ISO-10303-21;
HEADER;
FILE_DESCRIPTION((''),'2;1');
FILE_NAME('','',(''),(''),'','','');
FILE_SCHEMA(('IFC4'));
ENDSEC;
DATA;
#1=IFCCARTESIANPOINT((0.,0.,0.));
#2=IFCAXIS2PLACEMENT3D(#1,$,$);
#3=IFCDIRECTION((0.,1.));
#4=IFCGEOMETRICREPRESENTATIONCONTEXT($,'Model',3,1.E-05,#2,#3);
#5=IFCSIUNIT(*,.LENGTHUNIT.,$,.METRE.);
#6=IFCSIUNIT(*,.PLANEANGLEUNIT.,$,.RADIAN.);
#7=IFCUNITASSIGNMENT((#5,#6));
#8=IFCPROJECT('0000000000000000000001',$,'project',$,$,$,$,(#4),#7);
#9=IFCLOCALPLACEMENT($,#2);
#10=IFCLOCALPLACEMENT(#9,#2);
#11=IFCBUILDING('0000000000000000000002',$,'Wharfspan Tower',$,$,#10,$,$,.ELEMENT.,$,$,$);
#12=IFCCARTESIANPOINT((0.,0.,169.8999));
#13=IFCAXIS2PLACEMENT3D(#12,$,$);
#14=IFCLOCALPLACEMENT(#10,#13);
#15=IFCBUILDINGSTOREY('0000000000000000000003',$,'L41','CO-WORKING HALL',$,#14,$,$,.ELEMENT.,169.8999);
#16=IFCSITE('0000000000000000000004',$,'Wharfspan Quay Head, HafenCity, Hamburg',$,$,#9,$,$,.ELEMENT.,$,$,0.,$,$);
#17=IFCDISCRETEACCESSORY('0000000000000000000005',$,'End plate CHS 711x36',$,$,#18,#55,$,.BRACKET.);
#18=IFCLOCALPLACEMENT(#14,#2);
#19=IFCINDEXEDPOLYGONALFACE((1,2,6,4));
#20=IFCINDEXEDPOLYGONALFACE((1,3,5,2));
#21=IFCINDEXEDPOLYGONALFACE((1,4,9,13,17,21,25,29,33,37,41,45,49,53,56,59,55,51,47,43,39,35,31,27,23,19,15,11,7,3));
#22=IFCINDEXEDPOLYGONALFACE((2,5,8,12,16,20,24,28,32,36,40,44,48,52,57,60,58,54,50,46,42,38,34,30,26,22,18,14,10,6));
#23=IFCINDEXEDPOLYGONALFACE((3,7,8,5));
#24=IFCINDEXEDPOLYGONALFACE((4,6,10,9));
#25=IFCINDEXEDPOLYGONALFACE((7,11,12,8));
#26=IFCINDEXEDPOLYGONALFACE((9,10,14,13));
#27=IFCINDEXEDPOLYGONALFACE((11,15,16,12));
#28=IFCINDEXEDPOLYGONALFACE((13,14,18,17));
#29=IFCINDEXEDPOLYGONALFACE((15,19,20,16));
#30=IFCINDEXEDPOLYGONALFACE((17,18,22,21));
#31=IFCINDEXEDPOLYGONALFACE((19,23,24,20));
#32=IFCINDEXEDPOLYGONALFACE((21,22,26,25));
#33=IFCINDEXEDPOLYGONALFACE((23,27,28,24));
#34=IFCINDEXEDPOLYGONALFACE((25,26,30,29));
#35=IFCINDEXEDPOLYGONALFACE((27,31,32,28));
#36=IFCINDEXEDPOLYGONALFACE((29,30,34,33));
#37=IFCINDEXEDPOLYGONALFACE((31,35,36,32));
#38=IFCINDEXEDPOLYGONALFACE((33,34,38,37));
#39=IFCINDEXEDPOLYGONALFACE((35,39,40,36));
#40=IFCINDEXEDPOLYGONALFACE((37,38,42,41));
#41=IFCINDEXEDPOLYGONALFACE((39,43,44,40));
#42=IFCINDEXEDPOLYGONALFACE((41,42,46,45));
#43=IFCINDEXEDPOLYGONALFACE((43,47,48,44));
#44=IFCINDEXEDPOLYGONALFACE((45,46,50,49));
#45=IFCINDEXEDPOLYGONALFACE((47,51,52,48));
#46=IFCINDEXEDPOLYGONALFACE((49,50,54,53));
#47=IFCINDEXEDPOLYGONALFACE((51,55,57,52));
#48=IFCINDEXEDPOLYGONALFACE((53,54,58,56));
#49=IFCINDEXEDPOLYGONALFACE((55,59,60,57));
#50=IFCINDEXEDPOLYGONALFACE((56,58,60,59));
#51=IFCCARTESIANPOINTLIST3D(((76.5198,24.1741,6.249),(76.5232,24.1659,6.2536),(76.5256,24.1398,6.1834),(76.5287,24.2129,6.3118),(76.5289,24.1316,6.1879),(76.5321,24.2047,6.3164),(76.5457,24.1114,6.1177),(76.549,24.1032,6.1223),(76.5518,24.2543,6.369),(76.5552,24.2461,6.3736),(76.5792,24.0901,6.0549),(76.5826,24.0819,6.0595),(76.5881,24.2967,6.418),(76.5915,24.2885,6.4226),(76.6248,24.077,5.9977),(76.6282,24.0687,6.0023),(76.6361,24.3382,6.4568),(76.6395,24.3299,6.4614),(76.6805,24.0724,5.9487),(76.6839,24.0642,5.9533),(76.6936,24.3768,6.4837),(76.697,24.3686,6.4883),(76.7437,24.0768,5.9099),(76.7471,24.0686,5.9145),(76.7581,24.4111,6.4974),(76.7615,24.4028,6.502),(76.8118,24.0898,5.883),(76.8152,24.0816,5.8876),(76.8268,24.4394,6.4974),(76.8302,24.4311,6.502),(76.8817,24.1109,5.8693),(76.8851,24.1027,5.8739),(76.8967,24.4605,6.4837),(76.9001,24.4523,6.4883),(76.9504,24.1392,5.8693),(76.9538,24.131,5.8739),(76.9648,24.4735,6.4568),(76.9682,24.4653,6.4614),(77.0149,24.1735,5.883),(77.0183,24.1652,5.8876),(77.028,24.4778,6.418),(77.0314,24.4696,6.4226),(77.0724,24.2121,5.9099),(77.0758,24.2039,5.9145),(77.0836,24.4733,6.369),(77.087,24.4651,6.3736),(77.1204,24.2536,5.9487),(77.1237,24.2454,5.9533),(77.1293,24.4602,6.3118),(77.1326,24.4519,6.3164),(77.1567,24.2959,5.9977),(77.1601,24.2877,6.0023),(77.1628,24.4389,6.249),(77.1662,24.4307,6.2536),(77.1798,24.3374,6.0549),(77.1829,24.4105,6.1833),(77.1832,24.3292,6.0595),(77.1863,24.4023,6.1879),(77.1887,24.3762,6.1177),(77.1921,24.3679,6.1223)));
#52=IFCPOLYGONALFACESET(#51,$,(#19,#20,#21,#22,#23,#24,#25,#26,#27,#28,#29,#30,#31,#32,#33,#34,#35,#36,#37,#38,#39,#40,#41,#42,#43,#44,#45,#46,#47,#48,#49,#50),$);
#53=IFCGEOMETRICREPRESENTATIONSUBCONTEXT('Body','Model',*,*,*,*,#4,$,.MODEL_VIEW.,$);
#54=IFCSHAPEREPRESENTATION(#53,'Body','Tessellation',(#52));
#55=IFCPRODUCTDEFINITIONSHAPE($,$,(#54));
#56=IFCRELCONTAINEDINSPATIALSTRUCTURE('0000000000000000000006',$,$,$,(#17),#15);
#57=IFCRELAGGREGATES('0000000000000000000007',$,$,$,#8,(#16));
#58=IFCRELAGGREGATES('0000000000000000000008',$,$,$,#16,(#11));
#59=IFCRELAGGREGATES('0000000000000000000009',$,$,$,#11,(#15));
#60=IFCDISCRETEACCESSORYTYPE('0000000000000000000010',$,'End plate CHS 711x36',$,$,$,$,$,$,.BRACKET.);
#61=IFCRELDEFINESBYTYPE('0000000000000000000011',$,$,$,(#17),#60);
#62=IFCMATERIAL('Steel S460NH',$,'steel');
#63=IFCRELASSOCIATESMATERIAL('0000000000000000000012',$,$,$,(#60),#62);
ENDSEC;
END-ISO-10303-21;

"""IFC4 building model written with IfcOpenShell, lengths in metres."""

from ifc_helpers import new_model, si_unit, direction, frame, origin, origin_2d, place, context, subcontext, project, spatial, circle, extrude, material, material_profile, profile_set, type_object, element, save


model = new_model("IFC4")

# Units and contexts
model_context = context("Model", 3, precision=1e-05, world=origin(), true_north=direction((0.0, 1.0)))
body_context = subcontext(model_context, "Body", "Model", "MODEL_VIEW")
ifc_project = project(units=[si_unit("LENGTHUNIT", "METRE"), si_unit("PLANEANGLEUNIT", "RADIAN")], contexts=[model_context])

# Site, building, storey
site_placement = place(None, origin())
site = spatial("IfcSite", under=ifc_project, at=site_placement, Name="Wharfspan Quay Head, HafenCity, Hamburg", CompositionType="ELEMENT", RefElevation=0.0)
building_placement = place(site_placement, origin())
building = spatial("IfcBuilding", under=site, at=building_placement, Name="Wharfspan Tower", CompositionType="ELEMENT")
storey_placement = place(building_placement, frame((0.0, 0.0, 169.8999)))
storey = spatial("IfcBuildingStorey", under=building, at=storey_placement, Name="L41", Description="CO-WORKING HALL", CompositionType="ELEMENT", Elevation=169.8999)

# Discrete accessory
ifc_material_1 = material(Name="Steel S460NH", Category="steel")
ifc_material_profile_1 = material_profile(ifc_material_1, circle(Radius=0.3555, at=origin_2d()))
ifc_profile_set_1 = profile_set([ifc_material_profile_1], Name="Steel S460NH")
discrete_accessory_type = type_object("IfcDiscreteAccessoryType", Name="End plate CHS 711x36", PredefinedType="BRACKET", material=ifc_profile_set_1)
for number, where, z_axis, x_axis, name in (
    (1, (76.8542, 24.2751, 6.1833), (0.338259, -0.821486, 0.459066), (0.924676, 0.380749, 0.0), "End plate CHS 711x36"),
):
    element("IfcDiscreteAccessory", number, at=place(storey_placement, frame(where, z_axis=z_axis, x_axis=x_axis)), inside=storey, type_object=discrete_accessory_type, Name=name, PredefinedType="BRACKET", context=body_context, shape_type="SweptSolid", body=[
        extrude(circle(Radius=0.3555, at=origin_2d()), origin(), (0.0, 0.0, 1.0), 0.01),
    ])

save(model, "model.ifc")
